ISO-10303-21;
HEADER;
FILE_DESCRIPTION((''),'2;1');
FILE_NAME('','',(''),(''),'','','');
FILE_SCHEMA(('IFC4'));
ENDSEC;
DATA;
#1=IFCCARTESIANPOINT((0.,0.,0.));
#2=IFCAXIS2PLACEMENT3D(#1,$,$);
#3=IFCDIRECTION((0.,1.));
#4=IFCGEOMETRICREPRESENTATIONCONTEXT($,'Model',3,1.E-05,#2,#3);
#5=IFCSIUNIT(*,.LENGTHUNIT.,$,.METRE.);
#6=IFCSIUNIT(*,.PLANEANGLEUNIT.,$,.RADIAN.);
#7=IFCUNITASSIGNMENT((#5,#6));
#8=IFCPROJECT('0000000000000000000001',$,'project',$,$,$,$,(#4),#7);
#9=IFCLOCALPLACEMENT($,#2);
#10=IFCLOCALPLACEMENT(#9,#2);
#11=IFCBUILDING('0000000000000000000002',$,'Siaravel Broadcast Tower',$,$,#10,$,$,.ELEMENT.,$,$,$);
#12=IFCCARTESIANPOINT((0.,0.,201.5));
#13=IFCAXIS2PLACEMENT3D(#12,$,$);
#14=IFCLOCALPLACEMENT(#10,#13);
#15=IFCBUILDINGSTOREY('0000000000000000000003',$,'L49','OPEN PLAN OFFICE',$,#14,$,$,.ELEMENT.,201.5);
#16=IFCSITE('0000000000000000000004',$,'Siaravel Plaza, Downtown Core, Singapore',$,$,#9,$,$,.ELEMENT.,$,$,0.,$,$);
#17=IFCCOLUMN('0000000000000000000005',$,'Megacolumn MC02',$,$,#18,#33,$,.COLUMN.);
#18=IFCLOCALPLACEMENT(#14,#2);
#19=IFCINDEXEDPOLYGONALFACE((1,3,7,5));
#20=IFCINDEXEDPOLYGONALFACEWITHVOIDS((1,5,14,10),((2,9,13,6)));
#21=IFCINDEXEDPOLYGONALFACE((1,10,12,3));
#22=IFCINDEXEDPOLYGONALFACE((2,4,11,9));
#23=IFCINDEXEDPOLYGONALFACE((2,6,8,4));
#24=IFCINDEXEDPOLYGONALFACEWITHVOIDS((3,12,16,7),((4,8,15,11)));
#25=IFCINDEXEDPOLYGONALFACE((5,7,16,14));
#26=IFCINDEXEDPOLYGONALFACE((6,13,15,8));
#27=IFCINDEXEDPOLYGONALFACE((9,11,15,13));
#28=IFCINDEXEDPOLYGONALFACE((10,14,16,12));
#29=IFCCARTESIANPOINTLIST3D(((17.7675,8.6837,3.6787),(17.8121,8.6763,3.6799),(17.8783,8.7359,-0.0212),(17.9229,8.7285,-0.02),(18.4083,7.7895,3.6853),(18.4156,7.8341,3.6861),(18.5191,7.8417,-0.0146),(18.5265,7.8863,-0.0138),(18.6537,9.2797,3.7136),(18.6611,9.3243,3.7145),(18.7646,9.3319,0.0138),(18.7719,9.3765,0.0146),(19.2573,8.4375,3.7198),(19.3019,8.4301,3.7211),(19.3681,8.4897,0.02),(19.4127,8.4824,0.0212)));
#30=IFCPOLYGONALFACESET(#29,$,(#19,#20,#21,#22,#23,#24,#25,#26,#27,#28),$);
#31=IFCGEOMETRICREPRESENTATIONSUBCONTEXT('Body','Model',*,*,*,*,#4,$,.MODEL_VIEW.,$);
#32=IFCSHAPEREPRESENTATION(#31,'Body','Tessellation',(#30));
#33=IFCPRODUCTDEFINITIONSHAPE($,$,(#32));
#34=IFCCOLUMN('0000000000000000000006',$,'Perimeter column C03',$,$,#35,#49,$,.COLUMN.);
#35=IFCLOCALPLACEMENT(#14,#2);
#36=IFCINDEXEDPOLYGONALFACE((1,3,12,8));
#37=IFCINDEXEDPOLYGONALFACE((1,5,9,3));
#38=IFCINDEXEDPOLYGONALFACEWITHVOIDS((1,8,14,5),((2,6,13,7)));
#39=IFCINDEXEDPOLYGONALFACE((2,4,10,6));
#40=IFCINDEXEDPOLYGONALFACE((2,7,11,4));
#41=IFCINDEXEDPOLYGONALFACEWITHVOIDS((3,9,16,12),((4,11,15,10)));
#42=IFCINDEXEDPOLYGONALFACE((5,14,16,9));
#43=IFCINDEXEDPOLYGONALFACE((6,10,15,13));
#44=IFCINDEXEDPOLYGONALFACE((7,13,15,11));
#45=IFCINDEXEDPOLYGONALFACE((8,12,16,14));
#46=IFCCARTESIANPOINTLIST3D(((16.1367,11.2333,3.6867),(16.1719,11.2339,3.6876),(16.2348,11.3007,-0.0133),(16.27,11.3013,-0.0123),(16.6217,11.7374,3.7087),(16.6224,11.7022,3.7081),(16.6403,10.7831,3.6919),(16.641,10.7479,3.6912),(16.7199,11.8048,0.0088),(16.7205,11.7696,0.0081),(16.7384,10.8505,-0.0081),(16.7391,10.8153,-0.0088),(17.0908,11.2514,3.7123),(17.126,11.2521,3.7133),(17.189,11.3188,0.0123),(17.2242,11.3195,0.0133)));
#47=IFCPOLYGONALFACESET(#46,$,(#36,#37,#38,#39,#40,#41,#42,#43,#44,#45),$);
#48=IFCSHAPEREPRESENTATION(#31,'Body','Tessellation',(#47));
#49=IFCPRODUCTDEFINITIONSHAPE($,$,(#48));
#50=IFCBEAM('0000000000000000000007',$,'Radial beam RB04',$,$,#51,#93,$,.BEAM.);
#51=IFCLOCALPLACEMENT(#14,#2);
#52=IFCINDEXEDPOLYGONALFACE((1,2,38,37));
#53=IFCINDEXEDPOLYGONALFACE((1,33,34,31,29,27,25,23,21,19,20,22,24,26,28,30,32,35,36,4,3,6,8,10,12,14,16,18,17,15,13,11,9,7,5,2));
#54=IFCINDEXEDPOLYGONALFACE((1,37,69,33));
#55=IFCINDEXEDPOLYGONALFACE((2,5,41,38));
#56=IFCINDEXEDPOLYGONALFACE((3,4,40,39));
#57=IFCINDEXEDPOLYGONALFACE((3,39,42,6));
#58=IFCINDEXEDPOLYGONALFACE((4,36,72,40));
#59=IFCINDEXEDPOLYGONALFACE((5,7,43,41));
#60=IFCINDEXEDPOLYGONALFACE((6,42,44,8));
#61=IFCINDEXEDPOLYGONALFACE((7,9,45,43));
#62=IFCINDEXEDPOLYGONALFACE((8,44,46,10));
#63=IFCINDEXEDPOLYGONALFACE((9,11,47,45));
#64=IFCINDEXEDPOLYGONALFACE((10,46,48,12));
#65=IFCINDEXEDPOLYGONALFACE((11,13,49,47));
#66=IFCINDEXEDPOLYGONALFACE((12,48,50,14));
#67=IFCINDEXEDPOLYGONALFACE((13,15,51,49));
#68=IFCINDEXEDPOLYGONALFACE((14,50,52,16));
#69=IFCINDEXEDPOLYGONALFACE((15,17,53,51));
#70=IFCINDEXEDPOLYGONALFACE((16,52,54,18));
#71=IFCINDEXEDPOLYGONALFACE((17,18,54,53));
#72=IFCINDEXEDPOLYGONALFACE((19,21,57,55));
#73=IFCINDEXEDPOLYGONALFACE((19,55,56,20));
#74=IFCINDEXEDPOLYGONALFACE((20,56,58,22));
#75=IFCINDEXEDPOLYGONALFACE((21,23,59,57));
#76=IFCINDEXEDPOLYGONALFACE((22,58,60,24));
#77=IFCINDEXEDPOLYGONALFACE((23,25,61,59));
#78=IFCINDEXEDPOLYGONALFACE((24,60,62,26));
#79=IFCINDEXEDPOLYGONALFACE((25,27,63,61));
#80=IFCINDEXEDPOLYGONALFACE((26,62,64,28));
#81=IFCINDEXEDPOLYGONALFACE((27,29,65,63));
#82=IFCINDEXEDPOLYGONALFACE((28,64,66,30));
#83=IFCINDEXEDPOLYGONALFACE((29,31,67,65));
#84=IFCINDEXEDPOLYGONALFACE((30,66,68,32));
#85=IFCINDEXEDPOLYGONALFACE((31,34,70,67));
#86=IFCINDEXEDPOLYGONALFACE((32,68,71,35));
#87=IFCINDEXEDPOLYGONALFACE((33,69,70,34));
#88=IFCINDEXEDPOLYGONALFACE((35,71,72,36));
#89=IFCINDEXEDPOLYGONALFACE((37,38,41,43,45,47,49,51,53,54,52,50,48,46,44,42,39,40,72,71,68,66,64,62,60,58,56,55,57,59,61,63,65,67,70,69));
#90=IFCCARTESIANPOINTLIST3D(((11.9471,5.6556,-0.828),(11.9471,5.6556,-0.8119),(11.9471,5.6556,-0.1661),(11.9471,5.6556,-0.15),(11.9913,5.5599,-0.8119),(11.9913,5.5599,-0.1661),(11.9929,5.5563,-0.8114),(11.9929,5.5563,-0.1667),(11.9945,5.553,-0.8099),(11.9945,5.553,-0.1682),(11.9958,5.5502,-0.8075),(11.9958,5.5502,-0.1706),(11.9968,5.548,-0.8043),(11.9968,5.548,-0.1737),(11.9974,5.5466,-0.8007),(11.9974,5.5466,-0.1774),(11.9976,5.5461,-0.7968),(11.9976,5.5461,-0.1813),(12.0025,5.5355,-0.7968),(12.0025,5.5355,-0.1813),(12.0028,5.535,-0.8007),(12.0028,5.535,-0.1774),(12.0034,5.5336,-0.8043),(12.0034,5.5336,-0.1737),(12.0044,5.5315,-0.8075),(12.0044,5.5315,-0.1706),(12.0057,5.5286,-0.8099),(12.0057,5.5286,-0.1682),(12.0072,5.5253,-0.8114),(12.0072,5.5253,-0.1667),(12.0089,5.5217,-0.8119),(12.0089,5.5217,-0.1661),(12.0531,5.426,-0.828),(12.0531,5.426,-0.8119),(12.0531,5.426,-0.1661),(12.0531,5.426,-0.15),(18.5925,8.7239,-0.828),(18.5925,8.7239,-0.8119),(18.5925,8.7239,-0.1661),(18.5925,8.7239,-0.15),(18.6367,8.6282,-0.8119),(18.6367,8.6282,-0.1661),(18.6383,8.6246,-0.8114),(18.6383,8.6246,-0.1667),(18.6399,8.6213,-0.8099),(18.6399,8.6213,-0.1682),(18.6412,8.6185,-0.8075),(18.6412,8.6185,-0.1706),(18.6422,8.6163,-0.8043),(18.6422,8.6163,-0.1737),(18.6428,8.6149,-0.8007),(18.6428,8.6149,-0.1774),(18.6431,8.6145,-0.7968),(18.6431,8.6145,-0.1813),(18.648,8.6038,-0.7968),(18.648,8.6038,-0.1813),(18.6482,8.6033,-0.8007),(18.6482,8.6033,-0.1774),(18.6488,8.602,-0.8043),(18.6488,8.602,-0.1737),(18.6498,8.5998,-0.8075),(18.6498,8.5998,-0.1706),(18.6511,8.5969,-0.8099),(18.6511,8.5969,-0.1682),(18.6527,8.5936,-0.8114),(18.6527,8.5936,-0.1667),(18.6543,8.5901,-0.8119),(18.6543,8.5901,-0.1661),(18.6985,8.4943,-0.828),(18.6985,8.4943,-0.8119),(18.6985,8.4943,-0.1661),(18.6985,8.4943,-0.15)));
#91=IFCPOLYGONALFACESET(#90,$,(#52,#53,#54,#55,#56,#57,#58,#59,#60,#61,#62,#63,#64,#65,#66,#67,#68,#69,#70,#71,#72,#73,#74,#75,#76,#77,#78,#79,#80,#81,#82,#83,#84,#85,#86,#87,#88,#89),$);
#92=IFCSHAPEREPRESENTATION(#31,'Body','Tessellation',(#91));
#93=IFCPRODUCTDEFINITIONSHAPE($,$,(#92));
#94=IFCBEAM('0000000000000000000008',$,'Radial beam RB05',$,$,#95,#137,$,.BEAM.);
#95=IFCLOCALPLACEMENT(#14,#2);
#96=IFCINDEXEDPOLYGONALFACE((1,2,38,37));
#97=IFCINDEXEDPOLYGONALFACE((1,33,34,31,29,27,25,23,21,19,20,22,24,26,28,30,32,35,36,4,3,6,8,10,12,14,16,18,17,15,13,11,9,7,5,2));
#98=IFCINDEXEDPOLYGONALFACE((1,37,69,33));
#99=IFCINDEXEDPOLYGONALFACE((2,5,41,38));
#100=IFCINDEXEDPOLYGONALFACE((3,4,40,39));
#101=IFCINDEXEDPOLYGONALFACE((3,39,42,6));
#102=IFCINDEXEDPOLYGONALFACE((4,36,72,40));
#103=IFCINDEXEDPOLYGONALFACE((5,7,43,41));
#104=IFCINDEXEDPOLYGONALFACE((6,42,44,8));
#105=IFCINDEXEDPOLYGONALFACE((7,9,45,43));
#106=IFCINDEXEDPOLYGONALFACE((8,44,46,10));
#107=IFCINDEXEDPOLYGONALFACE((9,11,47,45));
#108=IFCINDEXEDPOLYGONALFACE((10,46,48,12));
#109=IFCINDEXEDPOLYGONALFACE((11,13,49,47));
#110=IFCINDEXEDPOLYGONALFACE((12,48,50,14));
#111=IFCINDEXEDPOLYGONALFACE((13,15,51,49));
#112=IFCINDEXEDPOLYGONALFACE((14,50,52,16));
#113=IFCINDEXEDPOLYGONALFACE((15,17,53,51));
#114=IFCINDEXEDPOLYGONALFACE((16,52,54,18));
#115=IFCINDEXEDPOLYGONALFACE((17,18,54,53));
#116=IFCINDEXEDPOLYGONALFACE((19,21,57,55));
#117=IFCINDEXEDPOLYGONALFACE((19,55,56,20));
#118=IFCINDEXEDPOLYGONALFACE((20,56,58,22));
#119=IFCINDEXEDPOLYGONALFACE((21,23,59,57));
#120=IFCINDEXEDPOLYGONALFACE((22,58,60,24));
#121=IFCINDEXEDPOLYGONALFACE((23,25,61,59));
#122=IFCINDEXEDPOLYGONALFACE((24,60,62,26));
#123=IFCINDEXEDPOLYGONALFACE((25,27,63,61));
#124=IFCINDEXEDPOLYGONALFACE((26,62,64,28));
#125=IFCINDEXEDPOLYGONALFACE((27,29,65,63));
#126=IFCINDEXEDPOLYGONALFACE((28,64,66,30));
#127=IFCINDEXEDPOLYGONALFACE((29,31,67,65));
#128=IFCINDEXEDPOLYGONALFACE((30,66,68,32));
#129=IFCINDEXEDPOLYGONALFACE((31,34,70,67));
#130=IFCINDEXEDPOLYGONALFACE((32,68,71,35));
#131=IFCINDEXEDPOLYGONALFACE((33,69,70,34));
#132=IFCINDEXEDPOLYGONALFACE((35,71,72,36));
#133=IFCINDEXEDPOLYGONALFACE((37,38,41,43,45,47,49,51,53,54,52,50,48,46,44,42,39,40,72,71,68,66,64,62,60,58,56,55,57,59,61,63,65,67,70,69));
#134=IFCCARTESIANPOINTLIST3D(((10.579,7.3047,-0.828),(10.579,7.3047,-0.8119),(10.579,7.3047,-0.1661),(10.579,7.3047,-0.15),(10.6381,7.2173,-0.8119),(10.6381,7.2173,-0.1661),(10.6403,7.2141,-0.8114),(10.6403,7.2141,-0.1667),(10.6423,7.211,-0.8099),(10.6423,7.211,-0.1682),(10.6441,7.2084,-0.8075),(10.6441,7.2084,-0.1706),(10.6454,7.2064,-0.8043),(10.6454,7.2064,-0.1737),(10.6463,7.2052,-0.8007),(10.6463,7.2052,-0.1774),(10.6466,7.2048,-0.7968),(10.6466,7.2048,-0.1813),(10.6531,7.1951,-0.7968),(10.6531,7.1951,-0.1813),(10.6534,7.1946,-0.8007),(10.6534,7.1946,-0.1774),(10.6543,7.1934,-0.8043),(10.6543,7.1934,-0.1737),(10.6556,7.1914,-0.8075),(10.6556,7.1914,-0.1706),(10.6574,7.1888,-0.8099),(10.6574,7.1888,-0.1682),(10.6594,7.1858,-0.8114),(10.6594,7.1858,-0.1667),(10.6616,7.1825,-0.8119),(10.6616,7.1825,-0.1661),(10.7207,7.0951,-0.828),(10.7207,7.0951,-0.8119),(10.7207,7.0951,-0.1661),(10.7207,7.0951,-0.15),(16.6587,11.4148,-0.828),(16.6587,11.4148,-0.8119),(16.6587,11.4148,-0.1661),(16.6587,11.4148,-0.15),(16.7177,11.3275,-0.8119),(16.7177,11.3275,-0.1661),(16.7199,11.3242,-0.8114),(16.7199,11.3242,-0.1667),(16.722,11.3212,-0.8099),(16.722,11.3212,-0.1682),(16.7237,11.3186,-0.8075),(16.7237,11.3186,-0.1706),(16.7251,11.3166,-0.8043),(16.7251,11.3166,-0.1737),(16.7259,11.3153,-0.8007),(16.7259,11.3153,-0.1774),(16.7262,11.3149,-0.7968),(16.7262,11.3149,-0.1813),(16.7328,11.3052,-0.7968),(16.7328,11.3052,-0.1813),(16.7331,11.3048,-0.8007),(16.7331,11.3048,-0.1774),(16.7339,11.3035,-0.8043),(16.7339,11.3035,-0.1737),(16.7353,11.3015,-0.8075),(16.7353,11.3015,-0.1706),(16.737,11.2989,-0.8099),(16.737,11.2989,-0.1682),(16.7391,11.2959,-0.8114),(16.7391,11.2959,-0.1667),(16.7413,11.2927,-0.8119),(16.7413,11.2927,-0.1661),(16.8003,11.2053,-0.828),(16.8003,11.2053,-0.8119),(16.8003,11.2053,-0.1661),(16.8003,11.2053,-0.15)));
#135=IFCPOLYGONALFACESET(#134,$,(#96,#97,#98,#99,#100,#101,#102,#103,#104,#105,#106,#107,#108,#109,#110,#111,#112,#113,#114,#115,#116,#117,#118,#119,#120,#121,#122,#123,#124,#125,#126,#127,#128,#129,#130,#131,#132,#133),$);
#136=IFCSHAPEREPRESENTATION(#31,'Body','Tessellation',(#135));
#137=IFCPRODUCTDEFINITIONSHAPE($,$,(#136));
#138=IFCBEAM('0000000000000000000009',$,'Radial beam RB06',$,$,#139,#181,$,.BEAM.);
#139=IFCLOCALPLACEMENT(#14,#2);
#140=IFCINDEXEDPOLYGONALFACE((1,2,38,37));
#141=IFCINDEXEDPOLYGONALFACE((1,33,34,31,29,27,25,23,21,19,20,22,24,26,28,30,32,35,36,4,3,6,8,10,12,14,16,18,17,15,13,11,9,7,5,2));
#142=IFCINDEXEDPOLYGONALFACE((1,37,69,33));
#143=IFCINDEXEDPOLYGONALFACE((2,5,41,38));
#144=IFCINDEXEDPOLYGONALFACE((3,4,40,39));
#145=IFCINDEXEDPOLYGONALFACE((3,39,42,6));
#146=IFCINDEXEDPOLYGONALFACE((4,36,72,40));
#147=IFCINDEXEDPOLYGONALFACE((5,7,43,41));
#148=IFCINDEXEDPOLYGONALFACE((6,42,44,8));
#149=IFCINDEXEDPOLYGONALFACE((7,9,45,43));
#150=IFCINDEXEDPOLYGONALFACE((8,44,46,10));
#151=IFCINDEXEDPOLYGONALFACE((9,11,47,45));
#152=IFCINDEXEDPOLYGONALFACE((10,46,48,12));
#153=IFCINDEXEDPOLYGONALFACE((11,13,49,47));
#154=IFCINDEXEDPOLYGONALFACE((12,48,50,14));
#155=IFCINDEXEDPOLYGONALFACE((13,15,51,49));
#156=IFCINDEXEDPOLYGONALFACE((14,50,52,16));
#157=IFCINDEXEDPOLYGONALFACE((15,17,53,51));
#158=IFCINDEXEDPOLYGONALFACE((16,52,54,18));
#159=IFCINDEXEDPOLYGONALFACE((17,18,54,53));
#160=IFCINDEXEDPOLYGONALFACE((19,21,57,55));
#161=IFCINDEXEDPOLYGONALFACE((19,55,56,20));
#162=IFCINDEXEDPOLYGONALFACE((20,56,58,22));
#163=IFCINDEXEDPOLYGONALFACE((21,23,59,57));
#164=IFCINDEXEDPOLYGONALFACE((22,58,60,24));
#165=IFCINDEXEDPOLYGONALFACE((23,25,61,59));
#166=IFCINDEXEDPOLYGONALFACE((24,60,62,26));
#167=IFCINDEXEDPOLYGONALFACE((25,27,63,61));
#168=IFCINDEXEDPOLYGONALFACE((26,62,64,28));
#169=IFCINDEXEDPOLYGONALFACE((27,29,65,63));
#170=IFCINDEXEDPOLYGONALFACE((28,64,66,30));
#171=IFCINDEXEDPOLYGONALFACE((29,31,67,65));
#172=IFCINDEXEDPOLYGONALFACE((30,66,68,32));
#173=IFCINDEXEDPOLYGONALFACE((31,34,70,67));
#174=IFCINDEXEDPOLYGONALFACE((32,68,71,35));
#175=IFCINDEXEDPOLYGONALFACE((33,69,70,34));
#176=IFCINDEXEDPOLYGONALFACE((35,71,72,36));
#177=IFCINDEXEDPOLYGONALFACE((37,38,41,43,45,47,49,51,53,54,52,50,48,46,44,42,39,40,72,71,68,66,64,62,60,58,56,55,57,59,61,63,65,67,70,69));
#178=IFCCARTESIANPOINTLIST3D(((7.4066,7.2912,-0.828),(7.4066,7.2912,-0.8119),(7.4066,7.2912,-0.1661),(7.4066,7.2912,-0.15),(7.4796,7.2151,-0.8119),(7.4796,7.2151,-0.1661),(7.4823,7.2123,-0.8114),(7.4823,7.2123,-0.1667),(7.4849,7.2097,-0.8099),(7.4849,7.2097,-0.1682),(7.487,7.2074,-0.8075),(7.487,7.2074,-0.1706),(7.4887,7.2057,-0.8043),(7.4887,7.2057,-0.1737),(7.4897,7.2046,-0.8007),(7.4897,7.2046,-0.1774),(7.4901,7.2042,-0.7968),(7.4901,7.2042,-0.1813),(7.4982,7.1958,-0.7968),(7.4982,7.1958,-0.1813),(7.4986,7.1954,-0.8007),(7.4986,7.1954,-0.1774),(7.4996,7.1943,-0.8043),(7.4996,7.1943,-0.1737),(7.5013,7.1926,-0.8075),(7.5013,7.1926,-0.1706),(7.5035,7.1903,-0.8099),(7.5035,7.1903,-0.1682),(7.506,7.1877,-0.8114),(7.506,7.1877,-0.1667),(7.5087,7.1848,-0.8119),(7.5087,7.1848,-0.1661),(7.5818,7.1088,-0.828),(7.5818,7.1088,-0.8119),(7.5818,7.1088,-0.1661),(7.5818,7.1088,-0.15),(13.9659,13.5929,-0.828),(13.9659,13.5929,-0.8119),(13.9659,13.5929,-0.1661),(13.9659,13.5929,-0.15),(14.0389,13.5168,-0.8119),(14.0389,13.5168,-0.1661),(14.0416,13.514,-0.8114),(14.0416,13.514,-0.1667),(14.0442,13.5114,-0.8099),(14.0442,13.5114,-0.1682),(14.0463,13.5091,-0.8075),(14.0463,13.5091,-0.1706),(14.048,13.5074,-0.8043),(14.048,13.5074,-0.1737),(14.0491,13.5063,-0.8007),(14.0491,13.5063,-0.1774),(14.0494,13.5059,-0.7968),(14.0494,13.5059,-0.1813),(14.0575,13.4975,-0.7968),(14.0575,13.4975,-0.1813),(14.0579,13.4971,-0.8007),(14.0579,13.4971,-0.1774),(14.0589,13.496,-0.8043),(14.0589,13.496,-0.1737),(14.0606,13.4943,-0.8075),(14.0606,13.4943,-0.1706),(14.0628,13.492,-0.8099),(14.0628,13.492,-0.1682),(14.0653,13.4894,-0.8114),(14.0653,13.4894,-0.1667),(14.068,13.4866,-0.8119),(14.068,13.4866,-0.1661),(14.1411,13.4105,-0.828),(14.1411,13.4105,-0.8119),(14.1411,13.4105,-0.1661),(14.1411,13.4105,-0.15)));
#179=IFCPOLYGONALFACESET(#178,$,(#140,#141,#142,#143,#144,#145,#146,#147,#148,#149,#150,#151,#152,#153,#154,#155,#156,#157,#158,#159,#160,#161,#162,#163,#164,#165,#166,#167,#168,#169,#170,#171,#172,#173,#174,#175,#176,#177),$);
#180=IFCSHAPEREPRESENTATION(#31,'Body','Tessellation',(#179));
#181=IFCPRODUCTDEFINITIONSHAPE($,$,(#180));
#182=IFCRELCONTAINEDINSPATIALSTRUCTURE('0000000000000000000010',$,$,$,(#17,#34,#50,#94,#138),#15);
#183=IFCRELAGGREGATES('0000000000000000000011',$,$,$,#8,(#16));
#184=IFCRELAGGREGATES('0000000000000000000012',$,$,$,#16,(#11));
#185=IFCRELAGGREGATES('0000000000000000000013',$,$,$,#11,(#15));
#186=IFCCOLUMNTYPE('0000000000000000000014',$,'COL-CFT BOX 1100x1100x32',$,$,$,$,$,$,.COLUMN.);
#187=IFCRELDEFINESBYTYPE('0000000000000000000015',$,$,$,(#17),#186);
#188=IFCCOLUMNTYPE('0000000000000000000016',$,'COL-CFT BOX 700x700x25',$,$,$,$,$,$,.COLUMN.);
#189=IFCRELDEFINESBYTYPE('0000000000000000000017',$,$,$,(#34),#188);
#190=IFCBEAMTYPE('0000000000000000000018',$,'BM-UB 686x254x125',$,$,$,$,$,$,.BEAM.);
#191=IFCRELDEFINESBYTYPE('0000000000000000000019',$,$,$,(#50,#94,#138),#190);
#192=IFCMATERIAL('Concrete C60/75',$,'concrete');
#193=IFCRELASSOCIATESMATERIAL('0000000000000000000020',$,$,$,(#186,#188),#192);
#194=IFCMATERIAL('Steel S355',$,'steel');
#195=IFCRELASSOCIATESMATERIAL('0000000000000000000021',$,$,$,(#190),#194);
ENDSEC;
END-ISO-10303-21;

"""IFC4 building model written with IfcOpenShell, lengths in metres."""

from ifc_helpers import new_model, si_unit, direction, frame, origin, origin_2d, place, context, subcontext, project, spatial, hollow_rectangle, i_section, extrude, material, material_profile, profile_set, type_object, element, save


model = new_model("IFC4")

# Units and contexts
model_context = context("Model", 3, precision=1e-05, world=origin(), true_north=direction((0.0, 1.0)))
body_context = subcontext(model_context, "Body", "Model", "MODEL_VIEW")
ifc_project = project(units=[si_unit("LENGTHUNIT", "METRE"), si_unit("PLANEANGLEUNIT", "RADIAN")], contexts=[model_context])

# Site, building, storey
site_placement = place(None, origin())
site = spatial("IfcSite", under=ifc_project, at=site_placement, Name="Siaravel Plaza, Downtown Core, Singapore", CompositionType="ELEMENT", RefElevation=0.0)
building_placement = place(site_placement, origin())
building = spatial("IfcBuilding", under=site, at=building_placement, Name="Siaravel Broadcast Tower", CompositionType="ELEMENT")
storey_placement = place(building_placement, frame((0.0, 0.0, 201.5)))
storey = spatial("IfcBuildingStorey", under=building, at=storey_placement, Name="L49", Description="OPEN PLAN OFFICE", CompositionType="ELEMENT", Elevation=201.5)

# Columns
ifc_material_1 = material(Name="Concrete C60/75", Category="concrete")
ifc_material_profile_1 = material_profile(ifc_material_1, hollow_rectangle(XDim=1.1001, YDim=1.1001, WallThickness=0.032, at=origin_2d()))
ifc_profile_set_1 = profile_set([ifc_material_profile_1], Name="Concrete C60/75")
column_type_1 = type_object("IfcColumnType", Name="COL-CFT BOX 1100x1100x32", PredefinedType="COLUMN", material=ifc_profile_set_1)
column_1_placement = place(storey_placement, frame((18.6455, 8.6091, 0.0), z_axis=(-0.029941, -0.014113, 0.999452), x_axis=(0.582482, -0.812822, 0.005972)))
element("IfcColumn", 1, at=column_1_placement, inside=storey, type_object=column_type_1, Name="Megacolumn MC02", PredefinedType="COLUMN", context=body_context, shape_type="SweptSolid", body=[
    extrude(hollow_rectangle(XDim=1.1001, YDim=1.1001, WallThickness=0.032, at=origin_2d()), origin(), (0.0, 0.0, 1.0), 3.7019),
])
ifc_material_profile_2 = material_profile(ifc_material_1, hollow_rectangle(XDim=0.7, YDim=0.7, WallThickness=0.0249, at=origin_2d()))
ifc_profile_set_2 = profile_set([ifc_material_profile_2], Name="Concrete C60/75")
column_type_2 = type_object("IfcColumnType", Name="COL-CFT BOX 700x700x25", PredefinedType="COLUMN", material=ifc_profile_set_2)
column_2_placement = place(storey_placement, frame((16.7295, 11.3101, 0.0), z_axis=(-0.026512, -0.018202, 0.999483), x_axis=(0.720492, -0.693433, 0.006483)))
element("IfcColumn", 2, at=column_2_placement, inside=storey, type_object=column_type_2, Name="Perimeter column C03", PredefinedType="COLUMN", context=body_context, shape_type="SweptSolid", body=[
    extrude(hollow_rectangle(XDim=0.7, YDim=0.7, WallThickness=0.0249, at=origin_2d()), origin(), (0.0, 0.0, 1.0), 3.7019),
])

# Beams
ifc_material_2 = material(Name="Steel S355", Category="steel")
ifc_material_profile_3 = material_profile(ifc_material_2, i_section(OverallWidth=0.2529, OverallDepth=0.678, WebThickness=0.0117, FlangeThickness=0.0161, FilletRadius=0.0151, at=origin_2d()))
ifc_profile_set_3 = profile_set([ifc_material_profile_3], Name="Steel S355")
beam_type = type_object("IfcBeamType", Name="BM-UB 686x254x125", PredefinedType="BEAM", material=ifc_profile_set_3)
beam_1_placement = place(storey_placement, frame((18.6455, 8.6091, -0.489), z_axis=(-0.907897, -0.419194, 0.0), x_axis=(0.419194, -0.907897, 0.0)))
element("IfcBeam", 3, at=beam_1_placement, inside=storey, type_object=beam_type, Name="Radial beam RB04", PredefinedType="BEAM", context=body_context, shape_type="SweptSolid", body=[
    extrude(i_section(OverallWidth=0.2529, OverallDepth=0.678, WebThickness=0.0117, FlangeThickness=0.0161, FilletRadius=0.0151, at=origin_2d()), origin(), (0.0, 0.0, 1.0), 7.3196),
])
beam_2_placement = place(storey_placement, frame((16.7295, 11.3101, -0.489), z_axis=(-0.828445, -0.56007, 0.0), x_axis=(0.56007, -0.828445, 0.0)))
element("IfcBeam", 4, at=beam_2_placement, inside=storey, type_object=beam_type, Name="Radial beam RB05", PredefinedType="BEAM", context=body_context, shape_type="SweptSolid", body=[
    extrude(i_section(OverallWidth=0.2529, OverallDepth=0.678, WebThickness=0.0117, FlangeThickness=0.0161, FilletRadius=0.0151, at=origin_2d()), origin(), (0.0, 0.0, 1.0), 7.3386),
])
beam_3_placement = place(storey_placement, frame((14.0535, 13.5017, -0.489), z_axis=(-0.721123, -0.692807, 0.0), x_axis=(0.692807, -0.721123, 0.0)))
element("IfcBeam", 5, at=beam_3_placement, inside=storey, type_object=beam_type, Name="Radial beam RB06", PredefinedType="BEAM", context=body_context, shape_type="SweptSolid", body=[
    extrude(i_section(OverallWidth=0.2529, OverallDepth=0.678, WebThickness=0.0117, FlangeThickness=0.0161, FilletRadius=0.0151, at=origin_2d()), origin(), (0.0, 0.0, 1.0), 9.0959),
])

save(model, "model.ifc")
